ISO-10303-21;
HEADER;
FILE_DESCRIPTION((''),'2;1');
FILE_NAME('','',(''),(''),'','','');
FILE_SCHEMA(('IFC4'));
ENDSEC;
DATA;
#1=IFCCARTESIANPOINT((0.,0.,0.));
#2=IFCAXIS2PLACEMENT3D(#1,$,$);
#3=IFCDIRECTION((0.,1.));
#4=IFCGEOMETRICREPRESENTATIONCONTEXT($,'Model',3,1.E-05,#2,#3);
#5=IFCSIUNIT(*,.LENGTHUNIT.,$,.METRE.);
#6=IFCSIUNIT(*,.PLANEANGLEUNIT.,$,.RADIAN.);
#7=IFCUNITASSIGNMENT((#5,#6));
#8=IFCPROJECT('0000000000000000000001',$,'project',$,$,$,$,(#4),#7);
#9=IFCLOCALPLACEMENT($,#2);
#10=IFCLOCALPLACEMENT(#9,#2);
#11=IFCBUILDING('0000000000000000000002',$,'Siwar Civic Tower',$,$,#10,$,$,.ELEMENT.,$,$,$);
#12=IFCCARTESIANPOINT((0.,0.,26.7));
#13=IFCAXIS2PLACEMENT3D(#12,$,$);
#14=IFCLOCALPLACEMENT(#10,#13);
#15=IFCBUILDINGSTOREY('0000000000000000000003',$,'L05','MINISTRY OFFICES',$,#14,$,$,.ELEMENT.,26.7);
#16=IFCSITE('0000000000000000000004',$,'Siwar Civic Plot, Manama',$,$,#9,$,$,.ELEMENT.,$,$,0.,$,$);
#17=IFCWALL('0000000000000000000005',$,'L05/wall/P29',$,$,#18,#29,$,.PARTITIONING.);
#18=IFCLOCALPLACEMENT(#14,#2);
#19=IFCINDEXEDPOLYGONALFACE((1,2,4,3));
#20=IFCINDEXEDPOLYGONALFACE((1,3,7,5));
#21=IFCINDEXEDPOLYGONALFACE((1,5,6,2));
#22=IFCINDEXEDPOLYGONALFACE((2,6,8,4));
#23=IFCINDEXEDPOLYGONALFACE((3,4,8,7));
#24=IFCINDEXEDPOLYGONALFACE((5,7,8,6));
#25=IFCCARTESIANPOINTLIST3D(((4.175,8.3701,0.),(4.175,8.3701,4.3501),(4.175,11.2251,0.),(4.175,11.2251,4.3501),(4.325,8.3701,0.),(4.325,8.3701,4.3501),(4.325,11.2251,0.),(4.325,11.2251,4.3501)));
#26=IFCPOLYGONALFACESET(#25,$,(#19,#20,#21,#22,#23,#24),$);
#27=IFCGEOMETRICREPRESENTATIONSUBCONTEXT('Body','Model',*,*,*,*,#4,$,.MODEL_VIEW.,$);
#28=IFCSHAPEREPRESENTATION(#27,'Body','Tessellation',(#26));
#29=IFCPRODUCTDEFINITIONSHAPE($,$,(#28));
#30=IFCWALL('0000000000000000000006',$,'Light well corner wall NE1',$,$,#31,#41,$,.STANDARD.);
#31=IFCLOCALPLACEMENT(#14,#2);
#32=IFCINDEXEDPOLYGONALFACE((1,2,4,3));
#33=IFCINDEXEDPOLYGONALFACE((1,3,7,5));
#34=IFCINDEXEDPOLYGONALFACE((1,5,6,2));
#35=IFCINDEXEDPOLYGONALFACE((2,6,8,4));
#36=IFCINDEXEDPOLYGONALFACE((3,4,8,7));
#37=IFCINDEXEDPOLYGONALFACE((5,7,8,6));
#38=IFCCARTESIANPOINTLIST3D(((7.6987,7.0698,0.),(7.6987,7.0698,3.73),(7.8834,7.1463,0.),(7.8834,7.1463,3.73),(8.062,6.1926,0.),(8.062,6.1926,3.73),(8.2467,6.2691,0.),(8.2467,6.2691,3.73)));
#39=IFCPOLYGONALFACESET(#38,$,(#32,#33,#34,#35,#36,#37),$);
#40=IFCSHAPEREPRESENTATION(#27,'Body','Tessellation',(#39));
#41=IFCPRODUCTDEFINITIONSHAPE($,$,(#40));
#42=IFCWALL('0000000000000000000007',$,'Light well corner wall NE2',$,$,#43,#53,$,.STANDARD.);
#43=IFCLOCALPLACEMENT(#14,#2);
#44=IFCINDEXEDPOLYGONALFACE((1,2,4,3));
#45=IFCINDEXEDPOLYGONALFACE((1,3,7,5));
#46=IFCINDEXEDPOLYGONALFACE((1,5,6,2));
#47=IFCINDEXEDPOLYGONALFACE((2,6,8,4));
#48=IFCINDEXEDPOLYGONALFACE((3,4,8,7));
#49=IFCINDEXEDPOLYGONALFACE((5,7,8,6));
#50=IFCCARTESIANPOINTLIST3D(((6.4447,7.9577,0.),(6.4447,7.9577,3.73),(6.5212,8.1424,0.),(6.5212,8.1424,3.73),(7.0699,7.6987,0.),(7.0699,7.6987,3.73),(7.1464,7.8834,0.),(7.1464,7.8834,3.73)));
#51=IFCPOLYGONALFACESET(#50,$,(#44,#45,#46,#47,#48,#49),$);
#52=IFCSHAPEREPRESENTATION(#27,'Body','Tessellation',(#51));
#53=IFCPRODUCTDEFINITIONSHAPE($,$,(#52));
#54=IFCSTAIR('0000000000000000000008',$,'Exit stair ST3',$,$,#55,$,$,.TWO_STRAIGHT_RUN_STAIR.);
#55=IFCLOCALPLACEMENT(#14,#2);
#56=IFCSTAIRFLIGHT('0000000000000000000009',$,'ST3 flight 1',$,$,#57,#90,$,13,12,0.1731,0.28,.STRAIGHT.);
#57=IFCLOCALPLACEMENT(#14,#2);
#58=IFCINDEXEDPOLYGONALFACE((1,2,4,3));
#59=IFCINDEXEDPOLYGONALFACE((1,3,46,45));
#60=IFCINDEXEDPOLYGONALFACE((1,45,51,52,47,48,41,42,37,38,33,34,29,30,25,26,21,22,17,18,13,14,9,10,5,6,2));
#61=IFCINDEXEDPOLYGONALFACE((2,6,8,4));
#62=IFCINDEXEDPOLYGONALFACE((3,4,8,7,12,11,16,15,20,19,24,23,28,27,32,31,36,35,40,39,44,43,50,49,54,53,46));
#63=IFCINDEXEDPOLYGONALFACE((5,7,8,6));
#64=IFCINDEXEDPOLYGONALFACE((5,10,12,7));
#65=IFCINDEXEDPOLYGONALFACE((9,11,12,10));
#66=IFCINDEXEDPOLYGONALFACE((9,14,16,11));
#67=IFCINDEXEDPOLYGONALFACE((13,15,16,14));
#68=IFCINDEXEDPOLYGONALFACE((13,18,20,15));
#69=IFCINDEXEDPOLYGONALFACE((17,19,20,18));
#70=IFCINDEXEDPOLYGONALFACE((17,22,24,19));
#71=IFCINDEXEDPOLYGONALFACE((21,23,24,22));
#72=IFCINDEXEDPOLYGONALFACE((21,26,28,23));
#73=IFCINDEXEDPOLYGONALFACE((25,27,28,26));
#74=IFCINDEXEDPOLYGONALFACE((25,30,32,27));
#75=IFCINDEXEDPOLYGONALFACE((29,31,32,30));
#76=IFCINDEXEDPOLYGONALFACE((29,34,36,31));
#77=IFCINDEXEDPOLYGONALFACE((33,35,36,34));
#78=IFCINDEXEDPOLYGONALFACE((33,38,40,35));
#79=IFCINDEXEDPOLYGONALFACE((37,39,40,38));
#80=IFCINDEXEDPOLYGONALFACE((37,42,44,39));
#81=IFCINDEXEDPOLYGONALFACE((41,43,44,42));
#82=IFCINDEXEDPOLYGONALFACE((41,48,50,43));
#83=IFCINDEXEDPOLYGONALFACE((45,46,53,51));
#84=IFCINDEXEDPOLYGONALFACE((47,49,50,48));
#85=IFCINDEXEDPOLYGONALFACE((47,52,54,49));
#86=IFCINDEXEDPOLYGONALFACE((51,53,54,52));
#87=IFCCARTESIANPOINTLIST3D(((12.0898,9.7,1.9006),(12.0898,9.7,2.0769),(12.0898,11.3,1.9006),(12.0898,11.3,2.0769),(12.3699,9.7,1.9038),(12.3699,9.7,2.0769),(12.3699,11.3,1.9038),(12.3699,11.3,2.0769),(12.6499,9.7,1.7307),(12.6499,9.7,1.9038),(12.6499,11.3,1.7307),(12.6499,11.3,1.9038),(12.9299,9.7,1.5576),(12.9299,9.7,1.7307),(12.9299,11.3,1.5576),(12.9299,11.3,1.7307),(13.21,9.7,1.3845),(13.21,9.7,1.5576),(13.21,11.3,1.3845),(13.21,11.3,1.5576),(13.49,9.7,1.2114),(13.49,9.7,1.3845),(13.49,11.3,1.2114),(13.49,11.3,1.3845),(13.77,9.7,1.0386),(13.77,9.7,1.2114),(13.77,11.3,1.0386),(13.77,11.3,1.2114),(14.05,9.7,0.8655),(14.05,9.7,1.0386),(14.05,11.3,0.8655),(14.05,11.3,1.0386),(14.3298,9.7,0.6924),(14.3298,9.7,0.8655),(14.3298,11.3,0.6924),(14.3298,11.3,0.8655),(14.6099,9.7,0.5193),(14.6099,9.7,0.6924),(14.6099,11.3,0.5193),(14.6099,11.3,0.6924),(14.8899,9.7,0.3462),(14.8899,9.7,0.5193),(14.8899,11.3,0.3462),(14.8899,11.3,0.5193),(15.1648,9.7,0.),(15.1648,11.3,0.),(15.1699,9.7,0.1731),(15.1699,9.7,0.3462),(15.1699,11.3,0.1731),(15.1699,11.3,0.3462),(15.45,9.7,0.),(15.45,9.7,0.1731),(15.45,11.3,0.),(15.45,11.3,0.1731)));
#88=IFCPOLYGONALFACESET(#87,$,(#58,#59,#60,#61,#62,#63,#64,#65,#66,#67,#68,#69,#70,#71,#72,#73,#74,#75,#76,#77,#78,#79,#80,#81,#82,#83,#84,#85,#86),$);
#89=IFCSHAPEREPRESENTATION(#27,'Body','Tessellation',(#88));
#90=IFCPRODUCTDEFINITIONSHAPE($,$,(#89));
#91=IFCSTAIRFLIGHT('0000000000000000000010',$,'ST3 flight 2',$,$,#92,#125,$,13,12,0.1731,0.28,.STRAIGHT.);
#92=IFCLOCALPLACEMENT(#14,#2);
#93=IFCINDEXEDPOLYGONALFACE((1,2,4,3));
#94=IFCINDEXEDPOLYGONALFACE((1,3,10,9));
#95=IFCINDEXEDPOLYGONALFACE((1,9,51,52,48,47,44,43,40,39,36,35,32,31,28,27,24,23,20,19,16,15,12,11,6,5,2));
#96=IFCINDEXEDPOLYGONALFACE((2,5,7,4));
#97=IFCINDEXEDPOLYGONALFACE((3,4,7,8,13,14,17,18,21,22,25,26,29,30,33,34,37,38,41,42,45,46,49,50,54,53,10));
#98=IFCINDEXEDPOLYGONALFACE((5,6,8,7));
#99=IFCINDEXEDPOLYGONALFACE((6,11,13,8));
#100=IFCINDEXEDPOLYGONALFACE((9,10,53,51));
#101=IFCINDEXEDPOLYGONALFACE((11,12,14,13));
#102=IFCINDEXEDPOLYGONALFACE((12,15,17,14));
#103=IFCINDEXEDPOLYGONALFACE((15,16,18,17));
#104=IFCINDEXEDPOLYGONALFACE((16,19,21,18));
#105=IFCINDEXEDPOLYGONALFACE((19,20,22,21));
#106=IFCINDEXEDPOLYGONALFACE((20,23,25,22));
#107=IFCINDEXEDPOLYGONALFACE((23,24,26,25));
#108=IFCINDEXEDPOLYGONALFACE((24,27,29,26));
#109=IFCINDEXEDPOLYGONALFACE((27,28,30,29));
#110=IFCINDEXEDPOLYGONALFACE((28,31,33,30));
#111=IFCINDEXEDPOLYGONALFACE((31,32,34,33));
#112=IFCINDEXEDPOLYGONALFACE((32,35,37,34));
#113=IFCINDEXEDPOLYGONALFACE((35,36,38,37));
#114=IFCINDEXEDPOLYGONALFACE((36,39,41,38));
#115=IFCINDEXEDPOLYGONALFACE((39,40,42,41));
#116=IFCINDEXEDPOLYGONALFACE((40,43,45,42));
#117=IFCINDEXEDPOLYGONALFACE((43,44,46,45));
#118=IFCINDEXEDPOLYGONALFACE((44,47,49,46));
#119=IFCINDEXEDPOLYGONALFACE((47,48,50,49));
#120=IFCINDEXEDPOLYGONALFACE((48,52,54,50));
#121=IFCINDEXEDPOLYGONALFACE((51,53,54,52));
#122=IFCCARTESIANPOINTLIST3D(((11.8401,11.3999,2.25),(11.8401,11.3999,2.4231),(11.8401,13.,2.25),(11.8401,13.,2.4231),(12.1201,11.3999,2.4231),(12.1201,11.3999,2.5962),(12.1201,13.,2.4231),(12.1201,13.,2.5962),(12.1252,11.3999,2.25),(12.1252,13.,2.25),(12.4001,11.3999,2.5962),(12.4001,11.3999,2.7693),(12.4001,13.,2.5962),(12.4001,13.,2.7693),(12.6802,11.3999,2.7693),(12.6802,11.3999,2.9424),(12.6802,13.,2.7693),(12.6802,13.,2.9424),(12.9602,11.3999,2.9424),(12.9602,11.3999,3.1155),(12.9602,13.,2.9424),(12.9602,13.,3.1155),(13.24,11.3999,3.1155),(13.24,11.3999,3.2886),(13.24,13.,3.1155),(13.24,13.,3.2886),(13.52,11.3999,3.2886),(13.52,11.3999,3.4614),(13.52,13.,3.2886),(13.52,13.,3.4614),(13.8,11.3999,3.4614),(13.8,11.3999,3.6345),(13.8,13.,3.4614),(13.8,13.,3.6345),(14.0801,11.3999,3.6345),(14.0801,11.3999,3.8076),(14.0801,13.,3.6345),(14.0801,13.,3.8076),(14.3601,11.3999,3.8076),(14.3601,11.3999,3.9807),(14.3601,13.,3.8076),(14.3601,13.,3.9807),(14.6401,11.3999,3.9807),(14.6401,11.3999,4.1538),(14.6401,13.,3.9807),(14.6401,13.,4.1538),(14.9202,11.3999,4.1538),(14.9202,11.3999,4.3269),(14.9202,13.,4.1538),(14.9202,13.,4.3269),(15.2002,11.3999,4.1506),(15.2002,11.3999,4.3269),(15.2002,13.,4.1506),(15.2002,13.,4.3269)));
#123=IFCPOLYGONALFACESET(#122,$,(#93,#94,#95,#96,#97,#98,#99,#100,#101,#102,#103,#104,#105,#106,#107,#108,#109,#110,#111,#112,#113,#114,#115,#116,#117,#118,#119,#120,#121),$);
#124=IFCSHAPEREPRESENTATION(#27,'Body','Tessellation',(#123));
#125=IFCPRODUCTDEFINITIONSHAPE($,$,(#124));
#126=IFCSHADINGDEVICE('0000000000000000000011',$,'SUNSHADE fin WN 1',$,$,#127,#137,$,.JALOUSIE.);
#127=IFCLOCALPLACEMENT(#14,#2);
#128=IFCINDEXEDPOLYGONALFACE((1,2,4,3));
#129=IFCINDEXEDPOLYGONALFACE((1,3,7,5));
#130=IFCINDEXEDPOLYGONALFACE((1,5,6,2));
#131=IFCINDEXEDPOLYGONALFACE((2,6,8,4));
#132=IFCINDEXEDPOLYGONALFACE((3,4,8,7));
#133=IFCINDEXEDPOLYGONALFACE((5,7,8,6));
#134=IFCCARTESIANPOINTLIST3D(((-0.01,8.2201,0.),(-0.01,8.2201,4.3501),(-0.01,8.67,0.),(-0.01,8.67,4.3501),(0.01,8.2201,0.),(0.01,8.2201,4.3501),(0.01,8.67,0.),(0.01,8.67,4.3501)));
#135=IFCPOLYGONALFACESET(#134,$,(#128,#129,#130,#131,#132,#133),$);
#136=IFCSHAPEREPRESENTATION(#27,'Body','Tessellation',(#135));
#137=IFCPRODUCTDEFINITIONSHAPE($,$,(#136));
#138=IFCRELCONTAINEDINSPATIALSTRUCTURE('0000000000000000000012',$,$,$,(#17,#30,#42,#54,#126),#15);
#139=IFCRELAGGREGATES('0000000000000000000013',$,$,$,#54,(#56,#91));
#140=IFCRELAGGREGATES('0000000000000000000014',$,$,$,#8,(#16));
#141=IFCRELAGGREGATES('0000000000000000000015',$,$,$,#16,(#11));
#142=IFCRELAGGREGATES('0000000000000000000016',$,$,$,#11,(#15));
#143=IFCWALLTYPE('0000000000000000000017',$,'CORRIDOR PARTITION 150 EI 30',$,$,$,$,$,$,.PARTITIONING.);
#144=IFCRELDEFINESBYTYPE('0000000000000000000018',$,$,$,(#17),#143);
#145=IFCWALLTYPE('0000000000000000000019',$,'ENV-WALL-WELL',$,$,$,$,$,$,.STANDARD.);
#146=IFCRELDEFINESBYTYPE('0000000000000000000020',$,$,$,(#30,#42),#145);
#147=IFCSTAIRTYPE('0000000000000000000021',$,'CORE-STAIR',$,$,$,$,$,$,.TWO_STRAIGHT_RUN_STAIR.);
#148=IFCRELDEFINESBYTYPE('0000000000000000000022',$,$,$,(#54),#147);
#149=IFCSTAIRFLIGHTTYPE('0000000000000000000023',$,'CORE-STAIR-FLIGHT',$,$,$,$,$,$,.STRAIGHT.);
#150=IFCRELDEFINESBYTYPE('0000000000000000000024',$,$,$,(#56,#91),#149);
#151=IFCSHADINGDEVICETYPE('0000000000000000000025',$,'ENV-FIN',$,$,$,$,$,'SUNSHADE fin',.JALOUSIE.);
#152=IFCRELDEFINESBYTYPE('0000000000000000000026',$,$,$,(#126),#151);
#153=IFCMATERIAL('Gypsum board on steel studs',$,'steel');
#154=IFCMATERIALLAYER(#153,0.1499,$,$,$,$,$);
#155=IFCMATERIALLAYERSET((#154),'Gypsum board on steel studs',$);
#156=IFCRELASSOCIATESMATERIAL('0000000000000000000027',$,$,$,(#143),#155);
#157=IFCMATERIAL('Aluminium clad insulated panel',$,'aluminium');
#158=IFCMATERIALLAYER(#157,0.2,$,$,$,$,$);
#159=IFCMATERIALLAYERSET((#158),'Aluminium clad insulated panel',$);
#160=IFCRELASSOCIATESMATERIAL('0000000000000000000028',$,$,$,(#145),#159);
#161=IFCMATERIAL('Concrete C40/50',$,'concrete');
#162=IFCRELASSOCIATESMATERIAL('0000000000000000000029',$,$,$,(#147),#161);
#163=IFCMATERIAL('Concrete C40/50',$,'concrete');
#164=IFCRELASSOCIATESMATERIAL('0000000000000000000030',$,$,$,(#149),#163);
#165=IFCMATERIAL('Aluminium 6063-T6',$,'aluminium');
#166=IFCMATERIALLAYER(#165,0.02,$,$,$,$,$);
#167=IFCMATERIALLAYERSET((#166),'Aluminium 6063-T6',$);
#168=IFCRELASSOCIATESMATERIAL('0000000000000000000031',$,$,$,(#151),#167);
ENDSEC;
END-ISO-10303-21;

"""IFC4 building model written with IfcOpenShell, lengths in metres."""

from ifc_helpers import new_model, si_unit, direction, frame, frame_2d, origin, origin_2d, place, context, subcontext, project, spatial, polyline, rectangle, outline, extrude, material, layer, layer_set, type_object, element, aggregate, save


model = new_model("IFC4")

# Units and contexts
model_context = context("Model", 3, precision=1e-05, world=origin(), true_north=direction((0.0, 1.0)))
body_context = subcontext(model_context, "Body", "Model", "MODEL_VIEW")
ifc_project = project(units=[si_unit("LENGTHUNIT", "METRE"), si_unit("PLANEANGLEUNIT", "RADIAN")], contexts=[model_context])

# Site, building, storey
site_placement = place(None, origin())
site = spatial("IfcSite", under=ifc_project, at=site_placement, Name="Siwar Civic Plot, Manama", CompositionType="ELEMENT", RefElevation=0.0)
building_placement = place(site_placement, origin())
building = spatial("IfcBuilding", under=site, at=building_placement, Name="Siwar Civic Tower", CompositionType="ELEMENT")
storey_placement = place(building_placement, frame((0.0, 0.0, 26.7)))
storey = spatial("IfcBuildingStorey", under=building, at=storey_placement, Name="L05", Description="MINISTRY OFFICES", CompositionType="ELEMENT", Elevation=26.7)

# Walls
ifc_material_1 = material(Name="Gypsum board on steel studs", Category="steel")
ifc_layer_1 = layer(ifc_material_1, 0.1499)
ifc_layer_set_1 = layer_set([ifc_layer_1], Name="Gypsum board on steel studs")
wall_type_1 = type_object("IfcWallType", Name="CORRIDOR PARTITION 150 EI 30", PredefinedType="PARTITIONING", material=ifc_layer_set_1)
wall_1_placement = place(storey_placement, frame((4.25, 8.3701, 0.0), z_axis=(0.0, 0.0, 1.0), x_axis=(0.0, 1.0, 0.0)))
element("IfcWall", 1, at=wall_1_placement, inside=storey, type_object=wall_type_1, Name="L05/wall/P29", PredefinedType="PARTITIONING", context=body_context, shape_type="SweptSolid", body=[
    extrude(rectangle(XDim=2.855, YDim=0.1499, at=frame_2d((1.4275, 0.0))), origin(), (0.0, 0.0, 1.0), 4.3501),
])
ifc_material_2 = material(Name="Aluminium clad insulated panel", Category="aluminium")
ifc_layer_2 = layer(ifc_material_2, 0.2)
ifc_layer_set_2 = layer_set([ifc_layer_2], Name="Aluminium clad insulated panel")
wall_type_2 = type_object("IfcWallType", Name="ENV-WALL-WELL", PredefinedType="STANDARD", material=ifc_layer_set_2)
wall_2_placement = place(storey_placement, frame((8.1543, 6.231, 0.0), z_axis=(0.0, 0.0, 1.0), x_axis=(-0.382624, 0.923904, 0.0)))
element("IfcWall", 2, at=wall_2_placement, inside=storey, type_object=wall_type_2, Name="Light well corner wall NE1", PredefinedType="STANDARD", context=body_context, shape_type="SweptSolid", body=[
    extrude(rectangle(XDim=0.9495, YDim=0.2, at=frame_2d((0.4746, 0.0))), origin(), (0.0, 0.0, 1.0), 3.73),
])
wall_3_placement = place(storey_placement, frame((7.1082, 7.791, 0.0), z_axis=(0.0, 0.0, 1.0), x_axis=(-0.923854, 0.382745, 0.0)))
element("IfcWall", 3, at=wall_3_placement, inside=storey, type_object=wall_type_2, Name="Light well corner wall NE2", PredefinedType="STANDARD", context=body_context, shape_type="SweptSolid", body=[
    extrude(rectangle(XDim=0.6768, YDim=0.2, at=frame_2d((0.3384, 0.0))), origin(), (0.0, 0.0, 1.0), 3.73),
])

# Stair, stair flights
ifc_material_3 = material(Name="Concrete C40/50", Category="concrete")
stair_type = type_object("IfcStairType", Name="CORE-STAIR", PredefinedType="TWO_STRAIGHT_RUN_STAIR", material=ifc_material_3)
stair_placement = place(storey_placement, origin())
stair = element("IfcStair", 4, at=stair_placement, inside=storey, type_object=stair_type, Name="Exit stair ST3", PredefinedType="TWO_STRAIGHT_RUN_STAIR")
ifc_material_4 = material(Name="Concrete C40/50", Category="concrete")
stair_flight_type = type_object("IfcStairFlightType", Name="CORE-STAIR-FLIGHT", PredefinedType="STRAIGHT", material=ifc_material_4)
stair_flight_1_placement = place(storey_placement, frame((15.45, 10.5, 0.0), z_axis=(0.0, 0.0, 1.0), x_axis=(-1.0, 0.0, 0.0)))
stair_flight_1 = element("IfcStairFlight", 5, at=stair_flight_1_placement, type_object=stair_flight_type, Name="ST3 flight 1", NumberOfRisers=13, NumberOfTreads=12, PredefinedType="STRAIGHT", RiserHeight=0.1731, TreadLength=0.28, context=body_context, shape_type="SweptSolid", body=[
    extrude(outline(polyline([(0.0, 0.0), (0.0, 0.1731), (0.28, 0.1731), (0.28, 0.3462), (0.5601, 0.3462), (0.5601, 0.5193), (0.8401, 0.5193), (0.8401, 0.6924), (1.1201, 0.6924), (1.1201, 0.8655), (1.3999, 0.8655), (1.3999, 1.0386), (1.6799, 1.0386), (1.6799, 1.2114), (1.96, 1.2114), (1.96, 1.3845), (2.24, 1.3845), (2.24, 1.5576), (2.52, 1.5576), (2.52, 1.7307), (2.8, 1.7307), (2.8, 1.9038), (3.0801, 1.9038), (3.0801, 2.0769), (3.3601, 2.0769), (3.3601, 2.25), (3.3601, 1.9006), (0.2852, 0.0), (0.0, 0.0)])), frame((0.0, 0.8, 0.0), z_axis=(0.0, -1.0, 0.0), x_axis=(1.0, 0.0, 0.0)), (0.0, 0.0, 1.0), 1.6001),
])
stair_flight_2_placement = place(storey_placement, frame((11.8401, 12.2, 2.25), z_axis=(0.0, 0.0, 1.0), x_axis=(1.0, 0.0, 0.0)))
stair_flight_2 = element("IfcStairFlight", 6, at=stair_flight_2_placement, type_object=stair_flight_type, Name="ST3 flight 2", NumberOfRisers=13, NumberOfTreads=12, PredefinedType="STRAIGHT", RiserHeight=0.1731, TreadLength=0.28, context=body_context, shape_type="SweptSolid", body=[
    extrude(outline(polyline([(0.0, 0.0), (0.0, 0.1731), (0.28, 0.1731), (0.28, 0.3462), (0.5601, 0.3462), (0.5601, 0.5193), (0.8401, 0.5193), (0.8401, 0.6924), (1.1201, 0.6924), (1.1201, 0.8655), (1.3999, 0.8655), (1.3999, 1.0386), (1.6799, 1.0386), (1.6799, 1.2114), (1.96, 1.2114), (1.96, 1.3845), (2.24, 1.3845), (2.24, 1.5576), (2.52, 1.5576), (2.52, 1.7307), (2.8, 1.7307), (2.8, 1.9038), (3.0801, 1.9038), (3.0801, 2.0769), (3.3601, 2.0769), (3.3601, 2.25), (3.3601, 1.9006), (0.2852, 0.0), (0.0, 0.0)])), frame((0.0, 0.8, 0.0), z_axis=(0.0, -1.0, 0.0), x_axis=(1.0, 0.0, 0.0)), (0.0, 0.0, 1.0), 1.6001),
])
aggregate(stair, [stair_flight_1, stair_flight_2])

# Shading device
ifc_material_5 = material(Name="Aluminium 6063-T6", Category="aluminium")
ifc_layer_3 = layer(ifc_material_5, 0.02)
ifc_layer_set_3 = layer_set([ifc_layer_3], Name="Aluminium 6063-T6")
shading_device_type = type_object("IfcShadingDeviceType", Name="ENV-FIN", ElementType="SUNSHADE fin", PredefinedType="JALOUSIE", material=ifc_layer_set_3)
shading_device_placement = place(storey_placement, frame((0.0, 8.4451, 0.0), z_axis=(0.0, 0.0, 1.0), x_axis=(-1.0, 0.0, 0.0)))
element("IfcShadingDevice", 7, at=shading_device_placement, inside=storey, type_object=shading_device_type, Name="SUNSHADE fin WN 1", PredefinedType="JALOUSIE", context=body_context, shape_type="SweptSolid", body=[
    extrude(rectangle(XDim=0.02, YDim=0.45, at=origin_2d()), origin(), (0.0, 0.0, 1.0), 4.3501),
])

save(model, "model.ifc")
